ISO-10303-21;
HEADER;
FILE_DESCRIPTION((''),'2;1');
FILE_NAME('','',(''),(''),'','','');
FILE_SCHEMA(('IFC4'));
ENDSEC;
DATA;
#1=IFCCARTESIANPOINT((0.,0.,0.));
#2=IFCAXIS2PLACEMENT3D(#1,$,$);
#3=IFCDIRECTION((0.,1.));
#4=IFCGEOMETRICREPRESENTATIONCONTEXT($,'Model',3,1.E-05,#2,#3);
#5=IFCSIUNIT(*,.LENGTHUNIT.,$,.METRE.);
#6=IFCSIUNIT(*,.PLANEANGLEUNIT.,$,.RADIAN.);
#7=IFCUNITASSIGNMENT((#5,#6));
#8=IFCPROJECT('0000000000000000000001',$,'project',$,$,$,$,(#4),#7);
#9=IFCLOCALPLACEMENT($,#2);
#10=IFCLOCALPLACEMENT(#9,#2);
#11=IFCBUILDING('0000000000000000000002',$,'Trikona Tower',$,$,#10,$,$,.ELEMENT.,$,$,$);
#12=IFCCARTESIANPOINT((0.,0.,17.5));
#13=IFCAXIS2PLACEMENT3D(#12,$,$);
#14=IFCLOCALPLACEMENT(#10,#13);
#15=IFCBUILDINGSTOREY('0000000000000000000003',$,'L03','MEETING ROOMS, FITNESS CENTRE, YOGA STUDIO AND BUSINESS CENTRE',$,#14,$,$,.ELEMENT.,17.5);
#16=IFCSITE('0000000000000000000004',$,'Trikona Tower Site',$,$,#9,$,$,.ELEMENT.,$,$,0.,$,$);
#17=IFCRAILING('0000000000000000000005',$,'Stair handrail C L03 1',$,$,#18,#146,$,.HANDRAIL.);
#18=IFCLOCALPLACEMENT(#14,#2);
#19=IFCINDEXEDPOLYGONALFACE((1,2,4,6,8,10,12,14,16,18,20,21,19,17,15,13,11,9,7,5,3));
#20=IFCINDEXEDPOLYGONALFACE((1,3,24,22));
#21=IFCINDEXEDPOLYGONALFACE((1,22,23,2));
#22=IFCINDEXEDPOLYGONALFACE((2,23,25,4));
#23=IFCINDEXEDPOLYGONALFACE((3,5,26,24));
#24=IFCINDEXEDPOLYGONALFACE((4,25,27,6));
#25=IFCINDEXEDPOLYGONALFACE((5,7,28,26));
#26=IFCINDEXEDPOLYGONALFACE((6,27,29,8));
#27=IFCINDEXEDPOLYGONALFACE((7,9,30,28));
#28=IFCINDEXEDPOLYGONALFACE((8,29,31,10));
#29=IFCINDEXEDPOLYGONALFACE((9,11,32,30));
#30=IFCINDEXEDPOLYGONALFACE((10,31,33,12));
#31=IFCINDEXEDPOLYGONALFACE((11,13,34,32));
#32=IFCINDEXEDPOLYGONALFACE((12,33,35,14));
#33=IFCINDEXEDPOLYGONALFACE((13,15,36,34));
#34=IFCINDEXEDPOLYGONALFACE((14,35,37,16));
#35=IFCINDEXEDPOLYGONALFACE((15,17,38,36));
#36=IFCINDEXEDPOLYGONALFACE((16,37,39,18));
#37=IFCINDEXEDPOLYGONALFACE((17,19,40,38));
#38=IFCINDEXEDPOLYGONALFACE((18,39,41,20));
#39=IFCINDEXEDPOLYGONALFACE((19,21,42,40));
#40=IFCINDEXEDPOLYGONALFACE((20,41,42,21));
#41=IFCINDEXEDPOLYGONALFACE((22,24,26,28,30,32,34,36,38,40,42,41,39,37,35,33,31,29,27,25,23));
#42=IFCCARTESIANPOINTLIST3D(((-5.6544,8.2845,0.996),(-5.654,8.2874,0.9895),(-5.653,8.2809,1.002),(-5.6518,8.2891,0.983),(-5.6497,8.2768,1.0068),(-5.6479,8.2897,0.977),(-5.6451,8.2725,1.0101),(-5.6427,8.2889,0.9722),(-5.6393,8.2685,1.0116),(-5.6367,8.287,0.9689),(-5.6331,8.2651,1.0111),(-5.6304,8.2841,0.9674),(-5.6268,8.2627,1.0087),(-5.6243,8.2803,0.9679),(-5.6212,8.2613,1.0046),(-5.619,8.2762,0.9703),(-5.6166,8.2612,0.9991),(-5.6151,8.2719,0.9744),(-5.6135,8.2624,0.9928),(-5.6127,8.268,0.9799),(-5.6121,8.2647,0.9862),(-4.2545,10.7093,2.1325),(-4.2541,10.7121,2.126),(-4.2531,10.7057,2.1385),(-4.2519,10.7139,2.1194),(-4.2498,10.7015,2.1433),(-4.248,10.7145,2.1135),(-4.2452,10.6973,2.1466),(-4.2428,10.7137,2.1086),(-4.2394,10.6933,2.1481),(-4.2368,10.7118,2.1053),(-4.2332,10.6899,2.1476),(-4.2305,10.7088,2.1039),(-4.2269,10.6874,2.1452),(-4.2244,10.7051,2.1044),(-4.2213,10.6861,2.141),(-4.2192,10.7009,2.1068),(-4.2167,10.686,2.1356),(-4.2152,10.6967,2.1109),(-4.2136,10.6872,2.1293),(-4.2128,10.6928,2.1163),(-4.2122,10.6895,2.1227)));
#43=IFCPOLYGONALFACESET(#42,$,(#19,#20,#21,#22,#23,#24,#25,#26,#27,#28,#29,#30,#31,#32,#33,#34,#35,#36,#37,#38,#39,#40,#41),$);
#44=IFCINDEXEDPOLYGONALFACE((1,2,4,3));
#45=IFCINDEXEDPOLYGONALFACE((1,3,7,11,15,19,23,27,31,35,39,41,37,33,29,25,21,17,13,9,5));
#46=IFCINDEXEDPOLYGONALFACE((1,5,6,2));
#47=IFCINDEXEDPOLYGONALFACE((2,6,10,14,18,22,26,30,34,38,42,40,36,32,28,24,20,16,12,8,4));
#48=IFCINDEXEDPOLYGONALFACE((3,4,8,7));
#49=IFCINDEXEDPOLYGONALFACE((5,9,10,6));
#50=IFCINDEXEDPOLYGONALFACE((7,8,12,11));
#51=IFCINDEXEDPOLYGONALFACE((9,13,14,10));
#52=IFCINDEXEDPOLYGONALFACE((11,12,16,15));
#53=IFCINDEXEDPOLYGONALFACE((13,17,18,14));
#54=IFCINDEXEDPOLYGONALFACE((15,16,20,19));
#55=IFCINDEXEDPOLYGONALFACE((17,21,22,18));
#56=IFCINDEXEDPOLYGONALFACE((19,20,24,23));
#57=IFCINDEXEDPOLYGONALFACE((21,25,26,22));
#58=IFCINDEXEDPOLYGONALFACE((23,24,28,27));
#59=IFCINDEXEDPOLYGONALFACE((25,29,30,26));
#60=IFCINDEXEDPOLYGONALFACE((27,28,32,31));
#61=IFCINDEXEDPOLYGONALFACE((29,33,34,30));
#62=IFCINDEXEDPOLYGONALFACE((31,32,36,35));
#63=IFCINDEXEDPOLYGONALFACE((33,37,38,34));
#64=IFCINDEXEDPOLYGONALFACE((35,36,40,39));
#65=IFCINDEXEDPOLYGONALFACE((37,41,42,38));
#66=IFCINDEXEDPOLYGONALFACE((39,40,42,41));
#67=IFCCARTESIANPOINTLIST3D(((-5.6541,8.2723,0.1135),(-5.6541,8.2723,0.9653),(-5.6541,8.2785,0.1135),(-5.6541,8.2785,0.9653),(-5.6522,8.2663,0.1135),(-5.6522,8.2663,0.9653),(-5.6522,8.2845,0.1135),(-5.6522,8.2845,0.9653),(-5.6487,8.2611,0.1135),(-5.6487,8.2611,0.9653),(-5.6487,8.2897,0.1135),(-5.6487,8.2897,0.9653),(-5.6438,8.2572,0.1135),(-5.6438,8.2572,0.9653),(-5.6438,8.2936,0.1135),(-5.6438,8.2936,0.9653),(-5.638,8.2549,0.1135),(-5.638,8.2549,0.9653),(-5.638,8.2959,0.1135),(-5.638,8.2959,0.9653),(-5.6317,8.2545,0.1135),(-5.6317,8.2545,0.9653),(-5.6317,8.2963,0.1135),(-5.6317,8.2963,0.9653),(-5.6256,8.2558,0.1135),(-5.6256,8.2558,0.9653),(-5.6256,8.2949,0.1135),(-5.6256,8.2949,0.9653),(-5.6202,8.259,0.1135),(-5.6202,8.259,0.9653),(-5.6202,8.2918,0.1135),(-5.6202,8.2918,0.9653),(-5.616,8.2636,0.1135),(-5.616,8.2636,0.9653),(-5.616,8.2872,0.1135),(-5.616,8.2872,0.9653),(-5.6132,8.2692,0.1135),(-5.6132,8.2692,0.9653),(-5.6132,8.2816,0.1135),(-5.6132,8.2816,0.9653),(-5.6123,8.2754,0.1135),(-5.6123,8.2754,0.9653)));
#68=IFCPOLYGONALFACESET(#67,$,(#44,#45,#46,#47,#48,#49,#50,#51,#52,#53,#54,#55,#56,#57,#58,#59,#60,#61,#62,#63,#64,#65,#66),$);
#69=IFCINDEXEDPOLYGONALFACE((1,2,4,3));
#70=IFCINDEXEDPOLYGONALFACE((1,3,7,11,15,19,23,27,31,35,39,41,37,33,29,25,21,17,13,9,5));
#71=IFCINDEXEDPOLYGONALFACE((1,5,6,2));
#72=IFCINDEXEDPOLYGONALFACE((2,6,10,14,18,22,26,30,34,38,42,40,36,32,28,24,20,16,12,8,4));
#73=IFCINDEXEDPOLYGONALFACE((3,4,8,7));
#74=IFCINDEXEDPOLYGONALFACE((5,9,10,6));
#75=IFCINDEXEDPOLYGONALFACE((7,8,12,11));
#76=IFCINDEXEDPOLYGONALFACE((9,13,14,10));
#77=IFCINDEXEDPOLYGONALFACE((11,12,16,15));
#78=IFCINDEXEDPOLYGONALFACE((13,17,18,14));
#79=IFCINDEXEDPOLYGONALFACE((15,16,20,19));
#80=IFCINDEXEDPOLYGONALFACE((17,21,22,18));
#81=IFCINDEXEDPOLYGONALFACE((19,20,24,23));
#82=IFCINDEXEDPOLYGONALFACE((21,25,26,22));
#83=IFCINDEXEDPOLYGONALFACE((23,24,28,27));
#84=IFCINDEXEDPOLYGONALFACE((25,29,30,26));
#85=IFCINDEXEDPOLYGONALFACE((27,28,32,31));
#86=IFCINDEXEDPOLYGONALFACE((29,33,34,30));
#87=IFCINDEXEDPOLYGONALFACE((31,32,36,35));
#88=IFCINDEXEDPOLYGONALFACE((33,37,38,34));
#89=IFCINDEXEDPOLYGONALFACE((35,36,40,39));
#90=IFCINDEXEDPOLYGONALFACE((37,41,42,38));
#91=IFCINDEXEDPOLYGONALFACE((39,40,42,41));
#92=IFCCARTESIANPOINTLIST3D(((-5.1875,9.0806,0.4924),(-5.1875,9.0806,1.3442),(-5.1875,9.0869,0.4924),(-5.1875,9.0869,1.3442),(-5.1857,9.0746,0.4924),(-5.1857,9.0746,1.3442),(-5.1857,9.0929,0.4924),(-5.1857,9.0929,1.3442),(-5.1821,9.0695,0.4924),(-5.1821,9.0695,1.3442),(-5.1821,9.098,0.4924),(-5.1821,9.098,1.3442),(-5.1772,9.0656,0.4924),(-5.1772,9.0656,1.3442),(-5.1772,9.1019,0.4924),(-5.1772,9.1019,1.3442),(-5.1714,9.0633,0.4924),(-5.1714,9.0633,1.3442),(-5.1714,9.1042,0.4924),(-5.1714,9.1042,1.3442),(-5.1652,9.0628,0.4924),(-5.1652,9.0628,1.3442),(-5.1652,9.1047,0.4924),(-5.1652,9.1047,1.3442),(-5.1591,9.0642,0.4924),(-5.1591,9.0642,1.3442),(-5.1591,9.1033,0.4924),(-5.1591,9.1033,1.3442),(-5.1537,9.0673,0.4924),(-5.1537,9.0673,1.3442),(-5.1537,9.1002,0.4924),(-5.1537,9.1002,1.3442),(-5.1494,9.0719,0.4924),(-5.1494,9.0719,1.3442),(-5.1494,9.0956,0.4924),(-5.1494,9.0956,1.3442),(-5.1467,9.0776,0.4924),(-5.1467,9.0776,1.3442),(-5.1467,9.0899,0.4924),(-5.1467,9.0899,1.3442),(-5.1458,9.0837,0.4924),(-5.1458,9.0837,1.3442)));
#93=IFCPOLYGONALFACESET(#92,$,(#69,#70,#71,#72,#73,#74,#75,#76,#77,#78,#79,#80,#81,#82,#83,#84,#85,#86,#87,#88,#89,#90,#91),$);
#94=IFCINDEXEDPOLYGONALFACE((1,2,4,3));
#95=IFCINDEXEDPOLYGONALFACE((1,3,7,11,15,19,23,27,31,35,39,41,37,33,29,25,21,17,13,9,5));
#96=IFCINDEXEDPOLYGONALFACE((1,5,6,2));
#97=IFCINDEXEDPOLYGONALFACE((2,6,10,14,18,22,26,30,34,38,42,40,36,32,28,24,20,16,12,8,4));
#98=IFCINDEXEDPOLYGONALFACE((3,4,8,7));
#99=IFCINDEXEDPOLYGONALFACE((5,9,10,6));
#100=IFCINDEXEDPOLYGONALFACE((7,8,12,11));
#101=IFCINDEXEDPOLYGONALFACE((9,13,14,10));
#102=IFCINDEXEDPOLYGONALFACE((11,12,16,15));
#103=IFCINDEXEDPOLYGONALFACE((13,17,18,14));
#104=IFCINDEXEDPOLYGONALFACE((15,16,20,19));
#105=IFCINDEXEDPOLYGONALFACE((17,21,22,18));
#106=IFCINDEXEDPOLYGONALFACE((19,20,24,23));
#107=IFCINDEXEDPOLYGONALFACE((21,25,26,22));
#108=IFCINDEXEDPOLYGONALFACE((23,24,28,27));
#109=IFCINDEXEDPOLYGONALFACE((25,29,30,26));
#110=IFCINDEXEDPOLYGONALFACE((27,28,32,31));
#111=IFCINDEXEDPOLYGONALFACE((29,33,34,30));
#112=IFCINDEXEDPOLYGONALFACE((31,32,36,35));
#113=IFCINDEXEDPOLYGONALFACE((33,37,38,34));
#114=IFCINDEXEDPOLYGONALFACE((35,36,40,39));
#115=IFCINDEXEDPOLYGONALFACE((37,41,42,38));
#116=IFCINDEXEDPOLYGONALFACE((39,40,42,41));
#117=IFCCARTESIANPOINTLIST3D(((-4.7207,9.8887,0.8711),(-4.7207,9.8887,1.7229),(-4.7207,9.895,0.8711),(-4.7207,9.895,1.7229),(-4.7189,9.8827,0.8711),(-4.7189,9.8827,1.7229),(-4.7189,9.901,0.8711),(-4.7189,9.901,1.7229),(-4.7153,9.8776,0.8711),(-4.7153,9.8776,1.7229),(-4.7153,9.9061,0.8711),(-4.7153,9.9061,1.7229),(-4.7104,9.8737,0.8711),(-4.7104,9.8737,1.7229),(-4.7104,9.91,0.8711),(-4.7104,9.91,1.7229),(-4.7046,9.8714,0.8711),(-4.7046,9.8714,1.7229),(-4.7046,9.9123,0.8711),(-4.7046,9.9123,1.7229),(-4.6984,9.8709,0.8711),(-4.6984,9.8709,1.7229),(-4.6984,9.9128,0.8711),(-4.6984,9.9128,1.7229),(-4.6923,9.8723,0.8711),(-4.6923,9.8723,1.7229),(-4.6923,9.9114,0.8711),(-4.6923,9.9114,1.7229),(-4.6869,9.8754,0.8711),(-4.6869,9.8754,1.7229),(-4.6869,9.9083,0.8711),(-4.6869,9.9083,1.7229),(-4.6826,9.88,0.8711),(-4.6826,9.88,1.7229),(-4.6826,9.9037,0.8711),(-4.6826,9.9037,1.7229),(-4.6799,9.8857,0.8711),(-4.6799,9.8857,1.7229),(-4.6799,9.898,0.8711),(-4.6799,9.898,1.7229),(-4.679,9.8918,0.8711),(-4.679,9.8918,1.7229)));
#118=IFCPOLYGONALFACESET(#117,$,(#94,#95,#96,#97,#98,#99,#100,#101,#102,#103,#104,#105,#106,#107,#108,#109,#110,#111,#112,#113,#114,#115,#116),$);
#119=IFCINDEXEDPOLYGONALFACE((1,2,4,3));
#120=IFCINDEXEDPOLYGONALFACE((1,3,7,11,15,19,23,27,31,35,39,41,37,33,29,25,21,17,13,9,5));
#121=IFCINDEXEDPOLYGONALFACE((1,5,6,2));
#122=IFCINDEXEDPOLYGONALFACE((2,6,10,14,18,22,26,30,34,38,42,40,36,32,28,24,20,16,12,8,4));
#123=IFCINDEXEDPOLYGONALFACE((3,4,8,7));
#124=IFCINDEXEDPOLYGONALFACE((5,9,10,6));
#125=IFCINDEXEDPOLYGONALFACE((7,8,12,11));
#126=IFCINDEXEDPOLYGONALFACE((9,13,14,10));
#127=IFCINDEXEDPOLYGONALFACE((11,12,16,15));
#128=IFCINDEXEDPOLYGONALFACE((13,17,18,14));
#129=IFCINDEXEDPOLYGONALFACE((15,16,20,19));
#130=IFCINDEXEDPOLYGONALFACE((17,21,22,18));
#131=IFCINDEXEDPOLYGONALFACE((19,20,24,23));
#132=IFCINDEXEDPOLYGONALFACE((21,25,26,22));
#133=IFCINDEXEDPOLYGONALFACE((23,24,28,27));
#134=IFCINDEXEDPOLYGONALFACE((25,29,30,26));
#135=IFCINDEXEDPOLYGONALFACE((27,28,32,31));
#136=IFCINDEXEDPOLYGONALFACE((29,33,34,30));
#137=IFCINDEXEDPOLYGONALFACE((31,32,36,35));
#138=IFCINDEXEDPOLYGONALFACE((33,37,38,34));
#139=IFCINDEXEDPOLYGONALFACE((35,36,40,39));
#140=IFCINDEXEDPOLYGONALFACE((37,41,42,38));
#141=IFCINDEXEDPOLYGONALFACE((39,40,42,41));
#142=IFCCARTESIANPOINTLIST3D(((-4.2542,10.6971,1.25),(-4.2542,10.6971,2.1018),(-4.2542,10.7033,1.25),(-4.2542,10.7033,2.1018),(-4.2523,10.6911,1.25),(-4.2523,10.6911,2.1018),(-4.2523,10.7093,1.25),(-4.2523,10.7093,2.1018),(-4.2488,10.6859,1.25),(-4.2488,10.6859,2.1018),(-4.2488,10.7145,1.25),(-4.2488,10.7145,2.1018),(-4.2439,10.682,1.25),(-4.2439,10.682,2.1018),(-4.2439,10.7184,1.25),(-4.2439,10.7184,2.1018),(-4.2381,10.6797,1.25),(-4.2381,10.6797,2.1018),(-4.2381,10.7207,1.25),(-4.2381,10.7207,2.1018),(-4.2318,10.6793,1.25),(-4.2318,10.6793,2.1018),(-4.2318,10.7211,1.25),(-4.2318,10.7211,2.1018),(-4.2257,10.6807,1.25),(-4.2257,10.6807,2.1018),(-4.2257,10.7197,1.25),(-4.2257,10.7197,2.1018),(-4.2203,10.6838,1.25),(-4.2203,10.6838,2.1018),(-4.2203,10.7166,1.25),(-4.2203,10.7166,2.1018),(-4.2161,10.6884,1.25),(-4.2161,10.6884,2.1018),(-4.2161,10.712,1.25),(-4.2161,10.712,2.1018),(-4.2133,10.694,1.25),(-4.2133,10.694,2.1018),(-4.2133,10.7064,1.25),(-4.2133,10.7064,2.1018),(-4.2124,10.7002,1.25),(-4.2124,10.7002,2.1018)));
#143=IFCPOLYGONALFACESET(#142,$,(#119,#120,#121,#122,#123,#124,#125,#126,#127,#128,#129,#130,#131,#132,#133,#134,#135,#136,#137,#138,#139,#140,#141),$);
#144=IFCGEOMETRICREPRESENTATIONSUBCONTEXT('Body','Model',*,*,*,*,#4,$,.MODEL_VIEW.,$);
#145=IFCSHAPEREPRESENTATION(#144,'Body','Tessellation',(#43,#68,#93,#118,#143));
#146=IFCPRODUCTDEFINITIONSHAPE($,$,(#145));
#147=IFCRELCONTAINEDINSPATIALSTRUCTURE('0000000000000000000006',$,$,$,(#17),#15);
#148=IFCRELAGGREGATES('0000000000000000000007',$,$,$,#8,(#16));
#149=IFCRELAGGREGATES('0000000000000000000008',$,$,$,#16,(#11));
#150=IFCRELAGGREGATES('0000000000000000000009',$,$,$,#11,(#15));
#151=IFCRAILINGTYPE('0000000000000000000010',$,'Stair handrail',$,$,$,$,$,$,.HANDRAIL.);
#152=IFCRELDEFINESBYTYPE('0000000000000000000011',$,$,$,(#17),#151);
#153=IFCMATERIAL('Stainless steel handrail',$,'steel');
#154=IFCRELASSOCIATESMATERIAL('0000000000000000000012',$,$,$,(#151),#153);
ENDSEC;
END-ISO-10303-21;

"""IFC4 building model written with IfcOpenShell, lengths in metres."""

from ifc_helpers import new_model, si_unit, direction, frame, origin, origin_2d, place, context, subcontext, project, spatial, circle, extrude, material, type_object, element, save


model = new_model("IFC4")

# Units and contexts
model_context = context("Model", 3, precision=1e-05, world=origin(), true_north=direction((0.0, 1.0)))
body_context = subcontext(model_context, "Body", "Model", "MODEL_VIEW")
ifc_project = project(units=[si_unit("LENGTHUNIT", "METRE"), si_unit("PLANEANGLEUNIT", "RADIAN")], contexts=[model_context])

# Site, building, storey
site_placement = place(None, origin())
site = spatial("IfcSite", under=ifc_project, at=site_placement, Name="Trikona Tower Site", CompositionType="ELEMENT", RefElevation=0.0)
building_placement = place(site_placement, origin())
building = spatial("IfcBuilding", under=site, at=building_placement, Name="Trikona Tower", CompositionType="ELEMENT")
storey_placement = place(building_placement, frame((0.0, 0.0, 17.5)))
storey = spatial("IfcBuildingStorey", under=building, at=storey_placement, Name="L03", Description="MEETING ROOMS, FITNESS CENTRE, YOGA STUDIO AND BUSINESS CENTRE", CompositionType="ELEMENT", Elevation=17.5)

# Railing
ifc_material_1 = material(Name="Stainless steel handrail", Category="steel")
railing_type = type_object("IfcRailingType", Name="Stair handrail", PredefinedType="HANDRAIL", material=ifc_material_1)
railing_1_placement = place(storey_placement, frame((-5.6333, 8.2754, 0.1135)))
element("IfcRailing", 1, at=railing_1_placement, inside=storey, type_object=railing_type, Name="Stair handrail C L03 1", PredefinedType="HANDRAIL", context=body_context, shape_type="SweptSolid", body=[
    extrude(circle(Radius=0.0239, at=origin_2d()), frame((0.0, 0.0, 0.876), z_axis=(0.463275, 0.80245, 0.376098), x_axis=(-0.866035, 0.499984, 0.0)), (0.0, 0.0, 1.0), 3.0217),
    extrude(circle(Radius=0.021, at=origin_2d()), origin(), (0.0, 0.0, 1.0), 0.8518),
    extrude(circle(Radius=0.021, at=origin_2d()), frame((0.4666, 0.8083, 0.3789)), (0.0, 0.0, 1.0), 0.8518),
    extrude(circle(Radius=0.021, at=origin_2d()), frame((0.9333, 1.6165, 0.7576)), (0.0, 0.0, 1.0), 0.8518),
    extrude(circle(Radius=0.021, at=origin_2d()), frame((1.3999, 2.4248, 1.1365)), (0.0, 0.0, 1.0), 0.8518),
])

save(model, "model.ifc")
